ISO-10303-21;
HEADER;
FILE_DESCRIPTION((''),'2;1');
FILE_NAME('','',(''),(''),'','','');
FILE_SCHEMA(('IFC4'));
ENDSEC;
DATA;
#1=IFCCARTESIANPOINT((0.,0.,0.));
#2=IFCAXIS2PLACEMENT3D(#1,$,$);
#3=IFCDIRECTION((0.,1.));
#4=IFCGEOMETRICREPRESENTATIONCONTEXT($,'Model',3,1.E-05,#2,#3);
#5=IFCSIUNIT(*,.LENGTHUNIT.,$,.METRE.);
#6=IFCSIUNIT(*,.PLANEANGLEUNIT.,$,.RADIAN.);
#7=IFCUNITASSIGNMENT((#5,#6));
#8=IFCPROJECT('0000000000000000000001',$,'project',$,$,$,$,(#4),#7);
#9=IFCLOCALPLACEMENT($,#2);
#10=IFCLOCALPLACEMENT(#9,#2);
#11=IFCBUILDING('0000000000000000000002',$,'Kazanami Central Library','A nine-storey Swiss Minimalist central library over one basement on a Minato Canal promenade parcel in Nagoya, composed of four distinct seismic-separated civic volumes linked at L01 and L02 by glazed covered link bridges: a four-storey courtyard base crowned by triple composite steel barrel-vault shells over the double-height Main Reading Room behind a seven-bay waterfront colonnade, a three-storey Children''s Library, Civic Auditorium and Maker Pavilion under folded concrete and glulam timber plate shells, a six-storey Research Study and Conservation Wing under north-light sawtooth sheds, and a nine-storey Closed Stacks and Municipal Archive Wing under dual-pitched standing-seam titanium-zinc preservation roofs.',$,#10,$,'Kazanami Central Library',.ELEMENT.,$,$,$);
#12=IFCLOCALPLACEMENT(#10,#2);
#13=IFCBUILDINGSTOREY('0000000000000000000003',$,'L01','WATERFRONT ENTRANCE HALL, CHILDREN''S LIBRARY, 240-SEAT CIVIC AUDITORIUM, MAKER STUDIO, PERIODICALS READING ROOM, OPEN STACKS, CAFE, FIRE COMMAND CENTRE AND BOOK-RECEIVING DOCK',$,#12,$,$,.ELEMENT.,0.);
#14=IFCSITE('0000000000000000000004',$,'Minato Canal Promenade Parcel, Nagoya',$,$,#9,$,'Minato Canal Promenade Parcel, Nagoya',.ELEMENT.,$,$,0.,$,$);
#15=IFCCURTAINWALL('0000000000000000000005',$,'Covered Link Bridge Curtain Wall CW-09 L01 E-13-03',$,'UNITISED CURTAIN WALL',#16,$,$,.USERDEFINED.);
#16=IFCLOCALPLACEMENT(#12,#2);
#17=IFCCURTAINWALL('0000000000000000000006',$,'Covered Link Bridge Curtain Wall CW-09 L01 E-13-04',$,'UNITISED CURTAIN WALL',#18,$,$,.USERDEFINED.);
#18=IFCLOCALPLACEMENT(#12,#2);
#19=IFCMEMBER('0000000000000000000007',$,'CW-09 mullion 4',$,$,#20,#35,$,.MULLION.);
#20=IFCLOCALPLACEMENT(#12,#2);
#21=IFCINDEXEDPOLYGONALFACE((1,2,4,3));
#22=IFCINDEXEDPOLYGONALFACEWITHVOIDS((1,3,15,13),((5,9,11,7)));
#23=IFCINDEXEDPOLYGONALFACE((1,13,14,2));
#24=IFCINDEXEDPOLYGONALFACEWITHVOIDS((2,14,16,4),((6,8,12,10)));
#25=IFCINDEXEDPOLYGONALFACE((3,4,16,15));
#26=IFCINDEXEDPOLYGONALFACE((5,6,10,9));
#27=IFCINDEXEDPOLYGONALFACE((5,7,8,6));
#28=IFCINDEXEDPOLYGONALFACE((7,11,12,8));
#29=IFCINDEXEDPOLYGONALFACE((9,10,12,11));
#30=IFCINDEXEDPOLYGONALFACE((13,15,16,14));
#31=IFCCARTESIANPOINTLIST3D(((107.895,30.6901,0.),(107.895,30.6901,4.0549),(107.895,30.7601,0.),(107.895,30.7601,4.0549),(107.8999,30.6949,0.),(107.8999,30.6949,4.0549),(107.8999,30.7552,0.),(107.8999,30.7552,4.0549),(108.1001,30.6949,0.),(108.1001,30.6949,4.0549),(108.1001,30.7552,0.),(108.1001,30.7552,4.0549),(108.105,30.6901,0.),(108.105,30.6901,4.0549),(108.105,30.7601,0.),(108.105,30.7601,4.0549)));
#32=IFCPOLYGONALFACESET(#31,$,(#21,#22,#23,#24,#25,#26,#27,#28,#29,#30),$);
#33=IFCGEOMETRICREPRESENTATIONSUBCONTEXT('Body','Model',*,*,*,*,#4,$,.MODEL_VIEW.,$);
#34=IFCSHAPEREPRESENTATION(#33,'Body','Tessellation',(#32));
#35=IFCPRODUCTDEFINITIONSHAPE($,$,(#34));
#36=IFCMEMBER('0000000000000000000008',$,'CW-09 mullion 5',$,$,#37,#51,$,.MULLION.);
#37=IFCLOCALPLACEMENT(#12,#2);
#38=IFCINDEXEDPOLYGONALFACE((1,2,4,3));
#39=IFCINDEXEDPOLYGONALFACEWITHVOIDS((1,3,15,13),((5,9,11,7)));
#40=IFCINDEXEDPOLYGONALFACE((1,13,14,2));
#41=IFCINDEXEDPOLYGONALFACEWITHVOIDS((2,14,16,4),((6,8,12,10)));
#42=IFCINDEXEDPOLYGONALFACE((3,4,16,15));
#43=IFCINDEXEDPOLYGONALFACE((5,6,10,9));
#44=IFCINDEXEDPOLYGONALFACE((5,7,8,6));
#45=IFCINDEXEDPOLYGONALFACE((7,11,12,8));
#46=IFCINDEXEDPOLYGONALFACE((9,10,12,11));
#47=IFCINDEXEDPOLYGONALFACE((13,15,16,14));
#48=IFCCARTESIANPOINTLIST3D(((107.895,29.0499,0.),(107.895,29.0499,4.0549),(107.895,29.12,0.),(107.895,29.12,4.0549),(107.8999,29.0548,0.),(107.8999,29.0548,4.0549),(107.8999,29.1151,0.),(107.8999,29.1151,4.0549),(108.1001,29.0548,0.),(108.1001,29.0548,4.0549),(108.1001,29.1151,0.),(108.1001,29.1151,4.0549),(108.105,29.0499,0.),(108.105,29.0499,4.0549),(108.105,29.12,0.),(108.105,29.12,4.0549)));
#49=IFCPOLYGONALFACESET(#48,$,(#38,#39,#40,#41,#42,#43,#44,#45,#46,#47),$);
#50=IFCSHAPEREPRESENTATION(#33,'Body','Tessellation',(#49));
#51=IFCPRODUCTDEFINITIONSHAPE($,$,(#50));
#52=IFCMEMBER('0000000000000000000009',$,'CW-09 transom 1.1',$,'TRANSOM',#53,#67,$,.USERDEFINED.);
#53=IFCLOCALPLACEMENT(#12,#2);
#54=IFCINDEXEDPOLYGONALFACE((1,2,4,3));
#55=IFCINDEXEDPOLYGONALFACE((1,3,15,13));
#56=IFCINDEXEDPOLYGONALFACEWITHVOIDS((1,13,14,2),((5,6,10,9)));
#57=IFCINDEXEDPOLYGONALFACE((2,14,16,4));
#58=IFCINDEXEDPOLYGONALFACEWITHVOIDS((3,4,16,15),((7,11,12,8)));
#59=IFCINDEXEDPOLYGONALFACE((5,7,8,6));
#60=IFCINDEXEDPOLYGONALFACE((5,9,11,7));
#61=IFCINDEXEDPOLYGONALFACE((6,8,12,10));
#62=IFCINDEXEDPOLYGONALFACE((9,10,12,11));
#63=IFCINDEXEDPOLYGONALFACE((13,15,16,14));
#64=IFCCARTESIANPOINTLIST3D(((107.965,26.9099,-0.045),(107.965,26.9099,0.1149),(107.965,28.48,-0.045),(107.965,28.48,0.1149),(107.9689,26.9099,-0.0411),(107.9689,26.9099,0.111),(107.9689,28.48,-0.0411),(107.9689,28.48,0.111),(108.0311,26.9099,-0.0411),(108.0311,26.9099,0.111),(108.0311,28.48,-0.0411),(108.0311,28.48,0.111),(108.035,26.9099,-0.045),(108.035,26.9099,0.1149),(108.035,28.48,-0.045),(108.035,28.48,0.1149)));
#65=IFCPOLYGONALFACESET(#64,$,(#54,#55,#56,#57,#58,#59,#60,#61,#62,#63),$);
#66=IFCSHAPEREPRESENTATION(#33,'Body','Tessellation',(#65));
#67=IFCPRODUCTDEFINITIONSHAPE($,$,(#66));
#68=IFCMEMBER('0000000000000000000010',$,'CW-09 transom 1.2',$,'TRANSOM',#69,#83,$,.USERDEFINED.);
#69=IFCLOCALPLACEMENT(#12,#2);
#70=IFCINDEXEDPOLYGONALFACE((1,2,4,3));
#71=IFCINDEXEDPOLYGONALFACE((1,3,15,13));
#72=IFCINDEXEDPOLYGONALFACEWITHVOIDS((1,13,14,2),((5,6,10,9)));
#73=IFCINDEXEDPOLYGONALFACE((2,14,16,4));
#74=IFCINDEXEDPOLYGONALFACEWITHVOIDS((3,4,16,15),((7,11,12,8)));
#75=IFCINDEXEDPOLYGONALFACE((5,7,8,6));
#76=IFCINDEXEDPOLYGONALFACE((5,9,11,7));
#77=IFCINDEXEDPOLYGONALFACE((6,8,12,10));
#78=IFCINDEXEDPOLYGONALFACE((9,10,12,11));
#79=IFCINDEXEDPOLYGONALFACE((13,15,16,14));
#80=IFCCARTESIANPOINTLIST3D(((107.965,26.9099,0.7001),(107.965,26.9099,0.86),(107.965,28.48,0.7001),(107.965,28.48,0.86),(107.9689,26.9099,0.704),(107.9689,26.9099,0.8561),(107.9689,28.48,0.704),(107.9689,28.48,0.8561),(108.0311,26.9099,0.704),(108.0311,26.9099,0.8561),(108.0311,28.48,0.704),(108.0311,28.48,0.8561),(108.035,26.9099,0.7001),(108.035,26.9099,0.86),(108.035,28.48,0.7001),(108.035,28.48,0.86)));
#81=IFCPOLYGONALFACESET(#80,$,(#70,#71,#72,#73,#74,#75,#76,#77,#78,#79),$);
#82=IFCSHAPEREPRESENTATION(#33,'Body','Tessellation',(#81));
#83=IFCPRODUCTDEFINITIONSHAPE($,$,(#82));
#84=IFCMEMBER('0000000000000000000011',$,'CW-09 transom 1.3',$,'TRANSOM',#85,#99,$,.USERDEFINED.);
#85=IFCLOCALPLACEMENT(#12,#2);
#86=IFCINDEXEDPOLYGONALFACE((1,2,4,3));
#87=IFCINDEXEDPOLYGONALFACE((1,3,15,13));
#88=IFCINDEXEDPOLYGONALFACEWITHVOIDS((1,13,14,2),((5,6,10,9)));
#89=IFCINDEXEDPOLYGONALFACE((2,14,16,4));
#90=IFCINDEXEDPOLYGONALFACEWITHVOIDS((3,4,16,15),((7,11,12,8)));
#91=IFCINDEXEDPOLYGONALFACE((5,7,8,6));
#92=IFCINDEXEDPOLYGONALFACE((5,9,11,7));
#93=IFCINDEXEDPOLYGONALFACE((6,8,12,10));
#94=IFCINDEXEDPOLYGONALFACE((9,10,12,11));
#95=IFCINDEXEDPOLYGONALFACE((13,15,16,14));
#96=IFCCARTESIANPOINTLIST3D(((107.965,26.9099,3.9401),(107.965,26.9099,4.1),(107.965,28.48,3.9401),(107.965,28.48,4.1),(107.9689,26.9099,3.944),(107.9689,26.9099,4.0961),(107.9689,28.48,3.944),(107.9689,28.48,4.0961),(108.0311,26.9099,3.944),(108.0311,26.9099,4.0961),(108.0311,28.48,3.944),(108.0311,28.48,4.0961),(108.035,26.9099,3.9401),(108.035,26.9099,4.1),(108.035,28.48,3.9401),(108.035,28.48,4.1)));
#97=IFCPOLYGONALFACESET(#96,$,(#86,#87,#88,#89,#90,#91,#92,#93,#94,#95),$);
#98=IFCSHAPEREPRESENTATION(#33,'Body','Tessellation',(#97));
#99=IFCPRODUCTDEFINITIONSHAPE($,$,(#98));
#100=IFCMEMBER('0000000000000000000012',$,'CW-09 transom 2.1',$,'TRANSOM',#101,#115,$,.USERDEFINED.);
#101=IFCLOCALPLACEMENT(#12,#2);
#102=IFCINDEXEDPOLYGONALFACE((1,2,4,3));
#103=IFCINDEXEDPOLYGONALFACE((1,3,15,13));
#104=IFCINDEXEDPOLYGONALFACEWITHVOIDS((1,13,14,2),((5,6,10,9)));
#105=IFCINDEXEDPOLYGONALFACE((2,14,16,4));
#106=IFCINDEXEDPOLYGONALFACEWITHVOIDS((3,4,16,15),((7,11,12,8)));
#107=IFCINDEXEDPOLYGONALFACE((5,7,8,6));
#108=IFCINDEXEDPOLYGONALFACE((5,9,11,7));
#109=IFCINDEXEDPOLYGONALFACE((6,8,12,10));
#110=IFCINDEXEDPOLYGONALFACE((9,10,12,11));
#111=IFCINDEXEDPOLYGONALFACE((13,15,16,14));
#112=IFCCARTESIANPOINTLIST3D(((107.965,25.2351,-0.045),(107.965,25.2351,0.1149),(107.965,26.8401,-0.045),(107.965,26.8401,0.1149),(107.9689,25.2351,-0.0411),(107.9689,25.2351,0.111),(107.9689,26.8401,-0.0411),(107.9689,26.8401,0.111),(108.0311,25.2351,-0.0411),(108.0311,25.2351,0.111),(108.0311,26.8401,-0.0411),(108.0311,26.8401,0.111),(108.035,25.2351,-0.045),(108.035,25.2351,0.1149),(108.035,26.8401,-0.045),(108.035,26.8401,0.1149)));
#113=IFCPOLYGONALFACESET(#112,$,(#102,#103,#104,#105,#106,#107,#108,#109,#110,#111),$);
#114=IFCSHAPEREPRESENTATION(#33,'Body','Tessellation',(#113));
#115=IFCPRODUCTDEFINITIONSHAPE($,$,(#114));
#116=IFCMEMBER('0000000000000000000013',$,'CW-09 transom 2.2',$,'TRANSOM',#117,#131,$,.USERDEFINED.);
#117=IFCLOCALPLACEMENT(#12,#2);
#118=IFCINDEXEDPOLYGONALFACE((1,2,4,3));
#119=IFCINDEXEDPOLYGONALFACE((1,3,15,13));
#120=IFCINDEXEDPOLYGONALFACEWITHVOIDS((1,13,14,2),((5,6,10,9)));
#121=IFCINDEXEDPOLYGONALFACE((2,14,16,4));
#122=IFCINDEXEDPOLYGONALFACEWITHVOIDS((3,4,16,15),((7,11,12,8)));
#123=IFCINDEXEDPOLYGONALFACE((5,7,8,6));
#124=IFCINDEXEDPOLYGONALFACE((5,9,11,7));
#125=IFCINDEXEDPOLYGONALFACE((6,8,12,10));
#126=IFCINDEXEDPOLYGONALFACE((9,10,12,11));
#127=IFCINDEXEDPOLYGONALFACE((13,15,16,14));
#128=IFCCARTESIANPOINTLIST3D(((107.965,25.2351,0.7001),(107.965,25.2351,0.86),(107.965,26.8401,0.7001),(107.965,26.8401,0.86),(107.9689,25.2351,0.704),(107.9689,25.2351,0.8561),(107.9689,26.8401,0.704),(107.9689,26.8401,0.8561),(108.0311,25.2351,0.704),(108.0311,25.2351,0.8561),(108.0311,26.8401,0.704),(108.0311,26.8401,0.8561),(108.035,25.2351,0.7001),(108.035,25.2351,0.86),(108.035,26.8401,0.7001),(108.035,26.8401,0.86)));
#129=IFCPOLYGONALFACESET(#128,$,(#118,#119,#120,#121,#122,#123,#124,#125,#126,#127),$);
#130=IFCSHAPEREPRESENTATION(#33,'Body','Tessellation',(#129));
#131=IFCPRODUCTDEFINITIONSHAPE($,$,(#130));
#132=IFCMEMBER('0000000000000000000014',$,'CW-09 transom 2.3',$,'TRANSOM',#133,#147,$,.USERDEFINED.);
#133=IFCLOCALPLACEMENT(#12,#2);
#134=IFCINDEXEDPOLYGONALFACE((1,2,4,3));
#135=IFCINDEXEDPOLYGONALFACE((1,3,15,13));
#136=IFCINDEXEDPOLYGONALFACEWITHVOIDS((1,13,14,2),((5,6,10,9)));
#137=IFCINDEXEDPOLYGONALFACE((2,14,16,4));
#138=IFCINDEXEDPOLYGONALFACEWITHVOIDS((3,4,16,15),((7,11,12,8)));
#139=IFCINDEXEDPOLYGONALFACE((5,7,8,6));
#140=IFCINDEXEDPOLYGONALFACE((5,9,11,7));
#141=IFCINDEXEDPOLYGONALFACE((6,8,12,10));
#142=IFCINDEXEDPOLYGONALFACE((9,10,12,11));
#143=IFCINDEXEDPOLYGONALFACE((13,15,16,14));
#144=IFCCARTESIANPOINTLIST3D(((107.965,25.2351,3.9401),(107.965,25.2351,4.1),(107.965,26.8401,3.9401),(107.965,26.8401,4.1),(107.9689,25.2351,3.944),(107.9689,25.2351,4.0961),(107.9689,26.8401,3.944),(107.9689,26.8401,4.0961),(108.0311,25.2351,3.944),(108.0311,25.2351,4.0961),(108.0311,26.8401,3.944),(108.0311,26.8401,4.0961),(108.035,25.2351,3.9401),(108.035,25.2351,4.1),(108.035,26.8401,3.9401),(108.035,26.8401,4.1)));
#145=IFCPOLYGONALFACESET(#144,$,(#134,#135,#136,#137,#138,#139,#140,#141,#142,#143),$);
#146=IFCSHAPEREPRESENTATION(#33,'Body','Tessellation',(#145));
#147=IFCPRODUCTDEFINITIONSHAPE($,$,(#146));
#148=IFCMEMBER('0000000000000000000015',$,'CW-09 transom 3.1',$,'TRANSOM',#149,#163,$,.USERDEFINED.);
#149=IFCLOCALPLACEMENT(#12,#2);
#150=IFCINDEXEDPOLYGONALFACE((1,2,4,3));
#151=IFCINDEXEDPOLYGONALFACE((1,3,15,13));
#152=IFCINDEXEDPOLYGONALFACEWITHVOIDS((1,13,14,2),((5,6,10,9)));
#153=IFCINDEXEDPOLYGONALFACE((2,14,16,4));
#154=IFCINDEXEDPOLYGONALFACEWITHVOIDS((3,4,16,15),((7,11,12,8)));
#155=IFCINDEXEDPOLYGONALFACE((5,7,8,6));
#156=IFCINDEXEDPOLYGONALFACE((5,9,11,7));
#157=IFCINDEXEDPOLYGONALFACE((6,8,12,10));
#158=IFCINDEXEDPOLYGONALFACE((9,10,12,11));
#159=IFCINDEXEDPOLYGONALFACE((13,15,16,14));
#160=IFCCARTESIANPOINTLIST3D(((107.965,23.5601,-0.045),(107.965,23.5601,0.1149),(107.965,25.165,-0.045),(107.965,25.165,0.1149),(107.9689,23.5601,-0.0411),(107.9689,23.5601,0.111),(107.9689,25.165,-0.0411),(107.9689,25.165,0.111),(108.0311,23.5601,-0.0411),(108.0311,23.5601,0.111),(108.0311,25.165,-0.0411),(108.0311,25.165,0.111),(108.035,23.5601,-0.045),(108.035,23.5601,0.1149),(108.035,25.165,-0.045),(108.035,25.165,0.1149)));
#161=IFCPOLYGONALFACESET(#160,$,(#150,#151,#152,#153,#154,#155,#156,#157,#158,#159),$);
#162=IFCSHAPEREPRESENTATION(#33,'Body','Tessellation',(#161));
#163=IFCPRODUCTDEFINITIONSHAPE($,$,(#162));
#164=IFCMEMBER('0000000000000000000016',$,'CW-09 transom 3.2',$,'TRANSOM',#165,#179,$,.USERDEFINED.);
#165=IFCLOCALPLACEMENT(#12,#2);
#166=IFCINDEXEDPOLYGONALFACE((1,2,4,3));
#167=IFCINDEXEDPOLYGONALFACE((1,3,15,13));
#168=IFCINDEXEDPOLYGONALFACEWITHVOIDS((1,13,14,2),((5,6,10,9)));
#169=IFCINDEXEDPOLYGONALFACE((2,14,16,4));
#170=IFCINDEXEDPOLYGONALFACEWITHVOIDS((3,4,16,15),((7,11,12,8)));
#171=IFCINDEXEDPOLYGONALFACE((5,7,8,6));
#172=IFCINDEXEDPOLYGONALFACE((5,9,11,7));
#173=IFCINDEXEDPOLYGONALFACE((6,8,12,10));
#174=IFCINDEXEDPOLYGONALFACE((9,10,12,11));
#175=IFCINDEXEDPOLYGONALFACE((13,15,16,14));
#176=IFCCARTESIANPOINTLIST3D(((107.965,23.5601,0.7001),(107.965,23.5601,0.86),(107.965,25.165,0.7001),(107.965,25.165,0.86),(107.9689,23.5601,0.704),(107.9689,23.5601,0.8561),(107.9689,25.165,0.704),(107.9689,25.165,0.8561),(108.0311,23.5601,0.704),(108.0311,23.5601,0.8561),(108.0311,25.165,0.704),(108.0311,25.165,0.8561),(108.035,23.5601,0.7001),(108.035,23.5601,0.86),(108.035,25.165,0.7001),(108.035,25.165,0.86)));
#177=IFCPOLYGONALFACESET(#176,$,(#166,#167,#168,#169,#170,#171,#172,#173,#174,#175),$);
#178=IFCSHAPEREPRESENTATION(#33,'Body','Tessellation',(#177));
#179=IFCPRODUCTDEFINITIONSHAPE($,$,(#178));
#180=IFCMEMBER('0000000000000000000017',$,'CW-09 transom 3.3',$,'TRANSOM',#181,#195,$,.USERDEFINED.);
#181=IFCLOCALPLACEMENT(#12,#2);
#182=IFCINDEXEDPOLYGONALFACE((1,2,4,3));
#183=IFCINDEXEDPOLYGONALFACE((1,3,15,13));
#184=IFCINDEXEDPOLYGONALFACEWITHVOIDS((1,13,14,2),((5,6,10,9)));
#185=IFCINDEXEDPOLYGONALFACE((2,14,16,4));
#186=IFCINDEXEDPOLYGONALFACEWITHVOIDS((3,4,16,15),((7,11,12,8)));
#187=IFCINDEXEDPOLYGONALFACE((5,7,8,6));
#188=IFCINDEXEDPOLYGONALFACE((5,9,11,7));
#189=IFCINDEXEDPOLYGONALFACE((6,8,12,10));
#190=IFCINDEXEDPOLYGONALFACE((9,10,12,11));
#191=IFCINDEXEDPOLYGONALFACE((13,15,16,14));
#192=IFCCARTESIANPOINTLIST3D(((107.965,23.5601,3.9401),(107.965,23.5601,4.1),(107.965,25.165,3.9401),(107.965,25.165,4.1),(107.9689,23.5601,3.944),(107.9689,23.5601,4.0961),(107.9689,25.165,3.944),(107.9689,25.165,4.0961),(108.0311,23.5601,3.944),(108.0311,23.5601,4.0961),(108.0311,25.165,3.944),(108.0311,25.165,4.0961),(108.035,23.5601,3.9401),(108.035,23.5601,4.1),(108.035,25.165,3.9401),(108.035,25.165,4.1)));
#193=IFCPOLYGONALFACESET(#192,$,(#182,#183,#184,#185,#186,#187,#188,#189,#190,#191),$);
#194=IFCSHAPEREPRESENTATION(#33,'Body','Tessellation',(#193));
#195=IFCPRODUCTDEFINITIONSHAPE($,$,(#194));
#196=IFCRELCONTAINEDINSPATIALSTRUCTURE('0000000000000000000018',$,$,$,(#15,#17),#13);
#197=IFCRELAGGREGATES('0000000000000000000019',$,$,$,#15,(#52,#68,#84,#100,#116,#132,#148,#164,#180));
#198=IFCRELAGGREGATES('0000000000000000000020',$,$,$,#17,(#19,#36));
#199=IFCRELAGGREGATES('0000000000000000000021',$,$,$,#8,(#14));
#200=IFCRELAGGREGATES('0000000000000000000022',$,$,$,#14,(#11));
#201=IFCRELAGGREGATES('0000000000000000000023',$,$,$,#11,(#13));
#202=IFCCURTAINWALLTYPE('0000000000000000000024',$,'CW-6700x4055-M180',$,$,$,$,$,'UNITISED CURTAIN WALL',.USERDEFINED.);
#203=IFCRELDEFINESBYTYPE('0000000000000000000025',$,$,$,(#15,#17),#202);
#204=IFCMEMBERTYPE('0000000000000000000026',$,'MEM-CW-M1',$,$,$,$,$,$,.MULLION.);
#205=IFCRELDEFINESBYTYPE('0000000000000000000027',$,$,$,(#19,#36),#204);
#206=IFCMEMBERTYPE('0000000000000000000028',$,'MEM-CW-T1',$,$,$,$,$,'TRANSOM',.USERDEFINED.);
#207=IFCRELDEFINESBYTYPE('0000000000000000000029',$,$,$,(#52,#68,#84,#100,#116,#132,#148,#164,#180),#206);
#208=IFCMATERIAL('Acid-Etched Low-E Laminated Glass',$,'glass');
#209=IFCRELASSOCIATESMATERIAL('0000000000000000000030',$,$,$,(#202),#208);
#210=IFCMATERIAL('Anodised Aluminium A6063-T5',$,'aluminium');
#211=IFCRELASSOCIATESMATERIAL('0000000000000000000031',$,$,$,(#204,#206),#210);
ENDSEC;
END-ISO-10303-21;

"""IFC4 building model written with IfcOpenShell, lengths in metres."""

from ifc_helpers import new_model, si_unit, direction, frame, origin, origin_2d, place, context, subcontext, project, spatial, hollow_rectangle, extrude, material, material_profile, profile_set, type_object, element, aggregate, save


model = new_model("IFC4")

# Units and contexts
model_context = context("Model", 3, precision=1e-05, world=origin(), true_north=direction((0.0, 1.0)))
body_context = subcontext(model_context, "Body", "Model", "MODEL_VIEW")
ifc_project = project(units=[si_unit("LENGTHUNIT", "METRE"), si_unit("PLANEANGLEUNIT", "RADIAN")], contexts=[model_context])

# Site, building, storey
site_placement = place(None, origin())
site = spatial("IfcSite", under=ifc_project, at=site_placement, Name="Minato Canal Promenade Parcel, Nagoya", LongName="Minato Canal Promenade Parcel, Nagoya", CompositionType="ELEMENT", RefElevation=0.0)
building_placement = place(site_placement, origin())
building = spatial("IfcBuilding", under=site, at=building_placement, Name="Kazanami Central Library", Description="A nine-storey Swiss Minimalist central library over one basement on a Minato Canal promenade parcel in Nagoya, composed of four distinct seismic-separated civic volumes linked at L01 and L02 by glazed covered link bridges: a four-storey courtyard base crowned by triple composite steel barrel-vault shells over the double-height Main Reading Room behind a seven-bay waterfront colonnade, a three-storey Children's Library, Civic Auditorium and Maker Pavilion under folded concrete and glulam timber plate shells, a six-storey Research Study and Conservation Wing under north-light sawtooth sheds, and a nine-storey Closed Stacks and Municipal Archive Wing under dual-pitched standing-seam titanium-zinc preservation roofs.", LongName="Kazanami Central Library", CompositionType="ELEMENT")
storey_placement = place(building_placement, origin())
storey = spatial("IfcBuildingStorey", under=building, at=storey_placement, Name="L01", Description="WATERFRONT ENTRANCE HALL, CHILDREN'S LIBRARY, 240-SEAT CIVIC AUDITORIUM, MAKER STUDIO, PERIODICALS READING ROOM, OPEN STACKS, CAFE, FIRE COMMAND CENTRE AND BOOK-RECEIVING DOCK", CompositionType="ELEMENT", Elevation=0.0)

# Curtain walls, members
ifc_material_1 = material(Name="Acid-Etched Low-E Laminated Glass", Category="glass")
curtain_wall_type = type_object("IfcCurtainWallType", Name="CW-6700x4055-M180", ElementType="UNITISED CURTAIN WALL", PredefinedType="USERDEFINED", material=ifc_material_1)
curtain_wall_1_placement = place(storey_placement, origin())
curtain_wall_1 = element("IfcCurtainWall", 1, at=curtain_wall_1_placement, inside=storey, type_object=curtain_wall_type, Name="Covered Link Bridge Curtain Wall CW-09 L01 E-13-03", ObjectType="UNITISED CURTAIN WALL", PredefinedType="USERDEFINED")
ifc_material_2 = material(Name="Anodised Aluminium A6063-T5", Category="aluminium")
ifc_material_profile_1 = material_profile(ifc_material_2, hollow_rectangle(XDim=0.0701, YDim=0.21, WallThickness=0.0049, at=origin_2d()), Name="ALU-MULL-70x210x5")
ifc_profile_set_1 = profile_set([ifc_material_profile_1], Name="Anodised Aluminium A6063-T5")
member_type_1 = type_object("IfcMemberType", Name="MEM-CW-M1", PredefinedType="MULLION", material=ifc_profile_set_1)
curtain_wall_2_placement = place(storey_placement, origin())
curtain_wall_2 = element("IfcCurtainWall", 2, at=curtain_wall_2_placement, inside=storey, type_object=curtain_wall_type, Name="Covered Link Bridge Curtain Wall CW-09 L01 E-13-04", ObjectType="UNITISED CURTAIN WALL", PredefinedType="USERDEFINED")
member_1_placement = place(storey_placement, frame((108.0, 30.7251, 0.0), z_axis=(0.0, 0.0, 1.0), x_axis=(0.0, -1.0, 0.0)))
member_1 = element("IfcMember", 3, at=member_1_placement, type_object=member_type_1, Name="CW-09 mullion 4", PredefinedType="MULLION", context=body_context, shape_type="SweptSolid", body=[
    extrude(hollow_rectangle(XDim=0.0701, YDim=0.21, WallThickness=0.0049, at=origin_2d()), origin(), (0.0, 0.0, 1.0), 4.0549),
])
member_2_placement = place(storey_placement, frame((108.0, 29.085, 0.0), z_axis=(0.0, 0.0, 1.0), x_axis=(0.0, -1.0, 0.0)))
member_2 = element("IfcMember", 4, at=member_2_placement, type_object=member_type_1, Name="CW-09 mullion 5", PredefinedType="MULLION", context=body_context, shape_type="SweptSolid", body=[
    extrude(hollow_rectangle(XDim=0.0701, YDim=0.21, WallThickness=0.0049, at=origin_2d()), origin(), (0.0, 0.0, 1.0), 4.0549),
])

# Members
ifc_material_profile_2 = material_profile(ifc_material_2, hollow_rectangle(XDim=0.0701, YDim=0.1599, WallThickness=0.0039, at=origin_2d()), Name="ALU-TRAN-70x160x4")
ifc_profile_set_2 = profile_set([ifc_material_profile_2], Name="Anodised Aluminium A6063-T5")
member_type_2 = type_object("IfcMemberType", Name="MEM-CW-T1", ElementType="TRANSOM", PredefinedType="USERDEFINED", material=ifc_profile_set_2)
member_3_placement = place(storey_placement, frame((108.0, 28.48, 0.0349), z_axis=(0.0, -1.0, 0.0), x_axis=(1.0, 0.0, 0.0)))
member_3 = element("IfcMember", 5, at=member_3_placement, type_object=member_type_2, Name="CW-09 transom 1.1", ObjectType="TRANSOM", PredefinedType="USERDEFINED", context=body_context, shape_type="SweptSolid", body=[
    extrude(hollow_rectangle(XDim=0.0701, YDim=0.1599, WallThickness=0.0039, at=origin_2d()), origin(), (0.0, 0.0, 1.0), 1.5701),
])
member_4_placement = place(storey_placement, frame((108.0, 28.48, 0.78), z_axis=(0.0, -1.0, 0.0), x_axis=(1.0, 0.0, 0.0)))
member_4 = element("IfcMember", 6, at=member_4_placement, type_object=member_type_2, Name="CW-09 transom 1.2", ObjectType="TRANSOM", PredefinedType="USERDEFINED", context=body_context, shape_type="SweptSolid", body=[
    extrude(hollow_rectangle(XDim=0.0701, YDim=0.1599, WallThickness=0.0039, at=origin_2d()), origin(), (0.0, 0.0, 1.0), 1.5701),
])
member_5_placement = place(storey_placement, frame((108.0, 28.48, 4.02), z_axis=(0.0, -1.0, 0.0), x_axis=(1.0, 0.0, 0.0)))
member_5 = element("IfcMember", 7, at=member_5_placement, type_object=member_type_2, Name="CW-09 transom 1.3", ObjectType="TRANSOM", PredefinedType="USERDEFINED", context=body_context, shape_type="SweptSolid", body=[
    extrude(hollow_rectangle(XDim=0.0701, YDim=0.1599, WallThickness=0.0039, at=origin_2d()), origin(), (0.0, 0.0, 1.0), 1.5701),
])
member_6_placement = place(storey_placement, frame((108.0, 26.8401, 0.0349), z_axis=(0.0, -1.0, 0.0), x_axis=(1.0, 0.0, 0.0)))
member_6 = element("IfcMember", 8, at=member_6_placement, type_object=member_type_2, Name="CW-09 transom 2.1", ObjectType="TRANSOM", PredefinedType="USERDEFINED", context=body_context, shape_type="SweptSolid", body=[
    extrude(hollow_rectangle(XDim=0.0701, YDim=0.1599, WallThickness=0.0039, at=origin_2d()), origin(), (0.0, 0.0, 1.0), 1.605),
])
member_7_placement = place(storey_placement, frame((108.0, 26.8401, 0.78), z_axis=(0.0, -1.0, 0.0), x_axis=(1.0, 0.0, 0.0)))
member_7 = element("IfcMember", 9, at=member_7_placement, type_object=member_type_2, Name="CW-09 transom 2.2", ObjectType="TRANSOM", PredefinedType="USERDEFINED", context=body_context, shape_type="SweptSolid", body=[
    extrude(hollow_rectangle(XDim=0.0701, YDim=0.1599, WallThickness=0.0039, at=origin_2d()), origin(), (0.0, 0.0, 1.0), 1.605),
])
member_8_placement = place(storey_placement, frame((108.0, 26.8401, 4.02), z_axis=(0.0, -1.0, 0.0), x_axis=(1.0, 0.0, 0.0)))
member_8 = element("IfcMember", 10, at=member_8_placement, type_object=member_type_2, Name="CW-09 transom 2.3", ObjectType="TRANSOM", PredefinedType="USERDEFINED", context=body_context, shape_type="SweptSolid", body=[
    extrude(hollow_rectangle(XDim=0.0701, YDim=0.1599, WallThickness=0.0039, at=origin_2d()), origin(), (0.0, 0.0, 1.0), 1.605),
])
member_9_placement = place(storey_placement, frame((108.0, 25.165, 0.0349), z_axis=(0.0, -1.0, 0.0), x_axis=(1.0, 0.0, 0.0)))
member_9 = element("IfcMember", 11, at=member_9_placement, type_object=member_type_2, Name="CW-09 transom 3.1", ObjectType="TRANSOM", PredefinedType="USERDEFINED", context=body_context, shape_type="SweptSolid", body=[
    extrude(hollow_rectangle(XDim=0.0701, YDim=0.1599, WallThickness=0.0039, at=origin_2d()), origin(), (0.0, 0.0, 1.0), 1.605),
])
member_10_placement = place(storey_placement, frame((108.0, 25.165, 0.78), z_axis=(0.0, -1.0, 0.0), x_axis=(1.0, 0.0, 0.0)))
member_10 = element("IfcMember", 12, at=member_10_placement, type_object=member_type_2, Name="CW-09 transom 3.2", ObjectType="TRANSOM", PredefinedType="USERDEFINED", context=body_context, shape_type="SweptSolid", body=[
    extrude(hollow_rectangle(XDim=0.0701, YDim=0.1599, WallThickness=0.0039, at=origin_2d()), origin(), (0.0, 0.0, 1.0), 1.605),
])
member_11_placement = place(storey_placement, frame((108.0, 25.165, 4.02), z_axis=(0.0, -1.0, 0.0), x_axis=(1.0, 0.0, 0.0)))
member_11 = element("IfcMember", 13, at=member_11_placement, type_object=member_type_2, Name="CW-09 transom 3.3", ObjectType="TRANSOM", PredefinedType="USERDEFINED", context=body_context, shape_type="SweptSolid", body=[
    extrude(hollow_rectangle(XDim=0.0701, YDim=0.1599, WallThickness=0.0039, at=origin_2d()), origin(), (0.0, 0.0, 1.0), 1.605),
])

aggregate(curtain_wall_1, [member_3, member_4, member_5, member_6, member_7, member_8, member_9, member_10, member_11])
aggregate(curtain_wall_2, [member_1, member_2])

save(model, "model.ifc")
